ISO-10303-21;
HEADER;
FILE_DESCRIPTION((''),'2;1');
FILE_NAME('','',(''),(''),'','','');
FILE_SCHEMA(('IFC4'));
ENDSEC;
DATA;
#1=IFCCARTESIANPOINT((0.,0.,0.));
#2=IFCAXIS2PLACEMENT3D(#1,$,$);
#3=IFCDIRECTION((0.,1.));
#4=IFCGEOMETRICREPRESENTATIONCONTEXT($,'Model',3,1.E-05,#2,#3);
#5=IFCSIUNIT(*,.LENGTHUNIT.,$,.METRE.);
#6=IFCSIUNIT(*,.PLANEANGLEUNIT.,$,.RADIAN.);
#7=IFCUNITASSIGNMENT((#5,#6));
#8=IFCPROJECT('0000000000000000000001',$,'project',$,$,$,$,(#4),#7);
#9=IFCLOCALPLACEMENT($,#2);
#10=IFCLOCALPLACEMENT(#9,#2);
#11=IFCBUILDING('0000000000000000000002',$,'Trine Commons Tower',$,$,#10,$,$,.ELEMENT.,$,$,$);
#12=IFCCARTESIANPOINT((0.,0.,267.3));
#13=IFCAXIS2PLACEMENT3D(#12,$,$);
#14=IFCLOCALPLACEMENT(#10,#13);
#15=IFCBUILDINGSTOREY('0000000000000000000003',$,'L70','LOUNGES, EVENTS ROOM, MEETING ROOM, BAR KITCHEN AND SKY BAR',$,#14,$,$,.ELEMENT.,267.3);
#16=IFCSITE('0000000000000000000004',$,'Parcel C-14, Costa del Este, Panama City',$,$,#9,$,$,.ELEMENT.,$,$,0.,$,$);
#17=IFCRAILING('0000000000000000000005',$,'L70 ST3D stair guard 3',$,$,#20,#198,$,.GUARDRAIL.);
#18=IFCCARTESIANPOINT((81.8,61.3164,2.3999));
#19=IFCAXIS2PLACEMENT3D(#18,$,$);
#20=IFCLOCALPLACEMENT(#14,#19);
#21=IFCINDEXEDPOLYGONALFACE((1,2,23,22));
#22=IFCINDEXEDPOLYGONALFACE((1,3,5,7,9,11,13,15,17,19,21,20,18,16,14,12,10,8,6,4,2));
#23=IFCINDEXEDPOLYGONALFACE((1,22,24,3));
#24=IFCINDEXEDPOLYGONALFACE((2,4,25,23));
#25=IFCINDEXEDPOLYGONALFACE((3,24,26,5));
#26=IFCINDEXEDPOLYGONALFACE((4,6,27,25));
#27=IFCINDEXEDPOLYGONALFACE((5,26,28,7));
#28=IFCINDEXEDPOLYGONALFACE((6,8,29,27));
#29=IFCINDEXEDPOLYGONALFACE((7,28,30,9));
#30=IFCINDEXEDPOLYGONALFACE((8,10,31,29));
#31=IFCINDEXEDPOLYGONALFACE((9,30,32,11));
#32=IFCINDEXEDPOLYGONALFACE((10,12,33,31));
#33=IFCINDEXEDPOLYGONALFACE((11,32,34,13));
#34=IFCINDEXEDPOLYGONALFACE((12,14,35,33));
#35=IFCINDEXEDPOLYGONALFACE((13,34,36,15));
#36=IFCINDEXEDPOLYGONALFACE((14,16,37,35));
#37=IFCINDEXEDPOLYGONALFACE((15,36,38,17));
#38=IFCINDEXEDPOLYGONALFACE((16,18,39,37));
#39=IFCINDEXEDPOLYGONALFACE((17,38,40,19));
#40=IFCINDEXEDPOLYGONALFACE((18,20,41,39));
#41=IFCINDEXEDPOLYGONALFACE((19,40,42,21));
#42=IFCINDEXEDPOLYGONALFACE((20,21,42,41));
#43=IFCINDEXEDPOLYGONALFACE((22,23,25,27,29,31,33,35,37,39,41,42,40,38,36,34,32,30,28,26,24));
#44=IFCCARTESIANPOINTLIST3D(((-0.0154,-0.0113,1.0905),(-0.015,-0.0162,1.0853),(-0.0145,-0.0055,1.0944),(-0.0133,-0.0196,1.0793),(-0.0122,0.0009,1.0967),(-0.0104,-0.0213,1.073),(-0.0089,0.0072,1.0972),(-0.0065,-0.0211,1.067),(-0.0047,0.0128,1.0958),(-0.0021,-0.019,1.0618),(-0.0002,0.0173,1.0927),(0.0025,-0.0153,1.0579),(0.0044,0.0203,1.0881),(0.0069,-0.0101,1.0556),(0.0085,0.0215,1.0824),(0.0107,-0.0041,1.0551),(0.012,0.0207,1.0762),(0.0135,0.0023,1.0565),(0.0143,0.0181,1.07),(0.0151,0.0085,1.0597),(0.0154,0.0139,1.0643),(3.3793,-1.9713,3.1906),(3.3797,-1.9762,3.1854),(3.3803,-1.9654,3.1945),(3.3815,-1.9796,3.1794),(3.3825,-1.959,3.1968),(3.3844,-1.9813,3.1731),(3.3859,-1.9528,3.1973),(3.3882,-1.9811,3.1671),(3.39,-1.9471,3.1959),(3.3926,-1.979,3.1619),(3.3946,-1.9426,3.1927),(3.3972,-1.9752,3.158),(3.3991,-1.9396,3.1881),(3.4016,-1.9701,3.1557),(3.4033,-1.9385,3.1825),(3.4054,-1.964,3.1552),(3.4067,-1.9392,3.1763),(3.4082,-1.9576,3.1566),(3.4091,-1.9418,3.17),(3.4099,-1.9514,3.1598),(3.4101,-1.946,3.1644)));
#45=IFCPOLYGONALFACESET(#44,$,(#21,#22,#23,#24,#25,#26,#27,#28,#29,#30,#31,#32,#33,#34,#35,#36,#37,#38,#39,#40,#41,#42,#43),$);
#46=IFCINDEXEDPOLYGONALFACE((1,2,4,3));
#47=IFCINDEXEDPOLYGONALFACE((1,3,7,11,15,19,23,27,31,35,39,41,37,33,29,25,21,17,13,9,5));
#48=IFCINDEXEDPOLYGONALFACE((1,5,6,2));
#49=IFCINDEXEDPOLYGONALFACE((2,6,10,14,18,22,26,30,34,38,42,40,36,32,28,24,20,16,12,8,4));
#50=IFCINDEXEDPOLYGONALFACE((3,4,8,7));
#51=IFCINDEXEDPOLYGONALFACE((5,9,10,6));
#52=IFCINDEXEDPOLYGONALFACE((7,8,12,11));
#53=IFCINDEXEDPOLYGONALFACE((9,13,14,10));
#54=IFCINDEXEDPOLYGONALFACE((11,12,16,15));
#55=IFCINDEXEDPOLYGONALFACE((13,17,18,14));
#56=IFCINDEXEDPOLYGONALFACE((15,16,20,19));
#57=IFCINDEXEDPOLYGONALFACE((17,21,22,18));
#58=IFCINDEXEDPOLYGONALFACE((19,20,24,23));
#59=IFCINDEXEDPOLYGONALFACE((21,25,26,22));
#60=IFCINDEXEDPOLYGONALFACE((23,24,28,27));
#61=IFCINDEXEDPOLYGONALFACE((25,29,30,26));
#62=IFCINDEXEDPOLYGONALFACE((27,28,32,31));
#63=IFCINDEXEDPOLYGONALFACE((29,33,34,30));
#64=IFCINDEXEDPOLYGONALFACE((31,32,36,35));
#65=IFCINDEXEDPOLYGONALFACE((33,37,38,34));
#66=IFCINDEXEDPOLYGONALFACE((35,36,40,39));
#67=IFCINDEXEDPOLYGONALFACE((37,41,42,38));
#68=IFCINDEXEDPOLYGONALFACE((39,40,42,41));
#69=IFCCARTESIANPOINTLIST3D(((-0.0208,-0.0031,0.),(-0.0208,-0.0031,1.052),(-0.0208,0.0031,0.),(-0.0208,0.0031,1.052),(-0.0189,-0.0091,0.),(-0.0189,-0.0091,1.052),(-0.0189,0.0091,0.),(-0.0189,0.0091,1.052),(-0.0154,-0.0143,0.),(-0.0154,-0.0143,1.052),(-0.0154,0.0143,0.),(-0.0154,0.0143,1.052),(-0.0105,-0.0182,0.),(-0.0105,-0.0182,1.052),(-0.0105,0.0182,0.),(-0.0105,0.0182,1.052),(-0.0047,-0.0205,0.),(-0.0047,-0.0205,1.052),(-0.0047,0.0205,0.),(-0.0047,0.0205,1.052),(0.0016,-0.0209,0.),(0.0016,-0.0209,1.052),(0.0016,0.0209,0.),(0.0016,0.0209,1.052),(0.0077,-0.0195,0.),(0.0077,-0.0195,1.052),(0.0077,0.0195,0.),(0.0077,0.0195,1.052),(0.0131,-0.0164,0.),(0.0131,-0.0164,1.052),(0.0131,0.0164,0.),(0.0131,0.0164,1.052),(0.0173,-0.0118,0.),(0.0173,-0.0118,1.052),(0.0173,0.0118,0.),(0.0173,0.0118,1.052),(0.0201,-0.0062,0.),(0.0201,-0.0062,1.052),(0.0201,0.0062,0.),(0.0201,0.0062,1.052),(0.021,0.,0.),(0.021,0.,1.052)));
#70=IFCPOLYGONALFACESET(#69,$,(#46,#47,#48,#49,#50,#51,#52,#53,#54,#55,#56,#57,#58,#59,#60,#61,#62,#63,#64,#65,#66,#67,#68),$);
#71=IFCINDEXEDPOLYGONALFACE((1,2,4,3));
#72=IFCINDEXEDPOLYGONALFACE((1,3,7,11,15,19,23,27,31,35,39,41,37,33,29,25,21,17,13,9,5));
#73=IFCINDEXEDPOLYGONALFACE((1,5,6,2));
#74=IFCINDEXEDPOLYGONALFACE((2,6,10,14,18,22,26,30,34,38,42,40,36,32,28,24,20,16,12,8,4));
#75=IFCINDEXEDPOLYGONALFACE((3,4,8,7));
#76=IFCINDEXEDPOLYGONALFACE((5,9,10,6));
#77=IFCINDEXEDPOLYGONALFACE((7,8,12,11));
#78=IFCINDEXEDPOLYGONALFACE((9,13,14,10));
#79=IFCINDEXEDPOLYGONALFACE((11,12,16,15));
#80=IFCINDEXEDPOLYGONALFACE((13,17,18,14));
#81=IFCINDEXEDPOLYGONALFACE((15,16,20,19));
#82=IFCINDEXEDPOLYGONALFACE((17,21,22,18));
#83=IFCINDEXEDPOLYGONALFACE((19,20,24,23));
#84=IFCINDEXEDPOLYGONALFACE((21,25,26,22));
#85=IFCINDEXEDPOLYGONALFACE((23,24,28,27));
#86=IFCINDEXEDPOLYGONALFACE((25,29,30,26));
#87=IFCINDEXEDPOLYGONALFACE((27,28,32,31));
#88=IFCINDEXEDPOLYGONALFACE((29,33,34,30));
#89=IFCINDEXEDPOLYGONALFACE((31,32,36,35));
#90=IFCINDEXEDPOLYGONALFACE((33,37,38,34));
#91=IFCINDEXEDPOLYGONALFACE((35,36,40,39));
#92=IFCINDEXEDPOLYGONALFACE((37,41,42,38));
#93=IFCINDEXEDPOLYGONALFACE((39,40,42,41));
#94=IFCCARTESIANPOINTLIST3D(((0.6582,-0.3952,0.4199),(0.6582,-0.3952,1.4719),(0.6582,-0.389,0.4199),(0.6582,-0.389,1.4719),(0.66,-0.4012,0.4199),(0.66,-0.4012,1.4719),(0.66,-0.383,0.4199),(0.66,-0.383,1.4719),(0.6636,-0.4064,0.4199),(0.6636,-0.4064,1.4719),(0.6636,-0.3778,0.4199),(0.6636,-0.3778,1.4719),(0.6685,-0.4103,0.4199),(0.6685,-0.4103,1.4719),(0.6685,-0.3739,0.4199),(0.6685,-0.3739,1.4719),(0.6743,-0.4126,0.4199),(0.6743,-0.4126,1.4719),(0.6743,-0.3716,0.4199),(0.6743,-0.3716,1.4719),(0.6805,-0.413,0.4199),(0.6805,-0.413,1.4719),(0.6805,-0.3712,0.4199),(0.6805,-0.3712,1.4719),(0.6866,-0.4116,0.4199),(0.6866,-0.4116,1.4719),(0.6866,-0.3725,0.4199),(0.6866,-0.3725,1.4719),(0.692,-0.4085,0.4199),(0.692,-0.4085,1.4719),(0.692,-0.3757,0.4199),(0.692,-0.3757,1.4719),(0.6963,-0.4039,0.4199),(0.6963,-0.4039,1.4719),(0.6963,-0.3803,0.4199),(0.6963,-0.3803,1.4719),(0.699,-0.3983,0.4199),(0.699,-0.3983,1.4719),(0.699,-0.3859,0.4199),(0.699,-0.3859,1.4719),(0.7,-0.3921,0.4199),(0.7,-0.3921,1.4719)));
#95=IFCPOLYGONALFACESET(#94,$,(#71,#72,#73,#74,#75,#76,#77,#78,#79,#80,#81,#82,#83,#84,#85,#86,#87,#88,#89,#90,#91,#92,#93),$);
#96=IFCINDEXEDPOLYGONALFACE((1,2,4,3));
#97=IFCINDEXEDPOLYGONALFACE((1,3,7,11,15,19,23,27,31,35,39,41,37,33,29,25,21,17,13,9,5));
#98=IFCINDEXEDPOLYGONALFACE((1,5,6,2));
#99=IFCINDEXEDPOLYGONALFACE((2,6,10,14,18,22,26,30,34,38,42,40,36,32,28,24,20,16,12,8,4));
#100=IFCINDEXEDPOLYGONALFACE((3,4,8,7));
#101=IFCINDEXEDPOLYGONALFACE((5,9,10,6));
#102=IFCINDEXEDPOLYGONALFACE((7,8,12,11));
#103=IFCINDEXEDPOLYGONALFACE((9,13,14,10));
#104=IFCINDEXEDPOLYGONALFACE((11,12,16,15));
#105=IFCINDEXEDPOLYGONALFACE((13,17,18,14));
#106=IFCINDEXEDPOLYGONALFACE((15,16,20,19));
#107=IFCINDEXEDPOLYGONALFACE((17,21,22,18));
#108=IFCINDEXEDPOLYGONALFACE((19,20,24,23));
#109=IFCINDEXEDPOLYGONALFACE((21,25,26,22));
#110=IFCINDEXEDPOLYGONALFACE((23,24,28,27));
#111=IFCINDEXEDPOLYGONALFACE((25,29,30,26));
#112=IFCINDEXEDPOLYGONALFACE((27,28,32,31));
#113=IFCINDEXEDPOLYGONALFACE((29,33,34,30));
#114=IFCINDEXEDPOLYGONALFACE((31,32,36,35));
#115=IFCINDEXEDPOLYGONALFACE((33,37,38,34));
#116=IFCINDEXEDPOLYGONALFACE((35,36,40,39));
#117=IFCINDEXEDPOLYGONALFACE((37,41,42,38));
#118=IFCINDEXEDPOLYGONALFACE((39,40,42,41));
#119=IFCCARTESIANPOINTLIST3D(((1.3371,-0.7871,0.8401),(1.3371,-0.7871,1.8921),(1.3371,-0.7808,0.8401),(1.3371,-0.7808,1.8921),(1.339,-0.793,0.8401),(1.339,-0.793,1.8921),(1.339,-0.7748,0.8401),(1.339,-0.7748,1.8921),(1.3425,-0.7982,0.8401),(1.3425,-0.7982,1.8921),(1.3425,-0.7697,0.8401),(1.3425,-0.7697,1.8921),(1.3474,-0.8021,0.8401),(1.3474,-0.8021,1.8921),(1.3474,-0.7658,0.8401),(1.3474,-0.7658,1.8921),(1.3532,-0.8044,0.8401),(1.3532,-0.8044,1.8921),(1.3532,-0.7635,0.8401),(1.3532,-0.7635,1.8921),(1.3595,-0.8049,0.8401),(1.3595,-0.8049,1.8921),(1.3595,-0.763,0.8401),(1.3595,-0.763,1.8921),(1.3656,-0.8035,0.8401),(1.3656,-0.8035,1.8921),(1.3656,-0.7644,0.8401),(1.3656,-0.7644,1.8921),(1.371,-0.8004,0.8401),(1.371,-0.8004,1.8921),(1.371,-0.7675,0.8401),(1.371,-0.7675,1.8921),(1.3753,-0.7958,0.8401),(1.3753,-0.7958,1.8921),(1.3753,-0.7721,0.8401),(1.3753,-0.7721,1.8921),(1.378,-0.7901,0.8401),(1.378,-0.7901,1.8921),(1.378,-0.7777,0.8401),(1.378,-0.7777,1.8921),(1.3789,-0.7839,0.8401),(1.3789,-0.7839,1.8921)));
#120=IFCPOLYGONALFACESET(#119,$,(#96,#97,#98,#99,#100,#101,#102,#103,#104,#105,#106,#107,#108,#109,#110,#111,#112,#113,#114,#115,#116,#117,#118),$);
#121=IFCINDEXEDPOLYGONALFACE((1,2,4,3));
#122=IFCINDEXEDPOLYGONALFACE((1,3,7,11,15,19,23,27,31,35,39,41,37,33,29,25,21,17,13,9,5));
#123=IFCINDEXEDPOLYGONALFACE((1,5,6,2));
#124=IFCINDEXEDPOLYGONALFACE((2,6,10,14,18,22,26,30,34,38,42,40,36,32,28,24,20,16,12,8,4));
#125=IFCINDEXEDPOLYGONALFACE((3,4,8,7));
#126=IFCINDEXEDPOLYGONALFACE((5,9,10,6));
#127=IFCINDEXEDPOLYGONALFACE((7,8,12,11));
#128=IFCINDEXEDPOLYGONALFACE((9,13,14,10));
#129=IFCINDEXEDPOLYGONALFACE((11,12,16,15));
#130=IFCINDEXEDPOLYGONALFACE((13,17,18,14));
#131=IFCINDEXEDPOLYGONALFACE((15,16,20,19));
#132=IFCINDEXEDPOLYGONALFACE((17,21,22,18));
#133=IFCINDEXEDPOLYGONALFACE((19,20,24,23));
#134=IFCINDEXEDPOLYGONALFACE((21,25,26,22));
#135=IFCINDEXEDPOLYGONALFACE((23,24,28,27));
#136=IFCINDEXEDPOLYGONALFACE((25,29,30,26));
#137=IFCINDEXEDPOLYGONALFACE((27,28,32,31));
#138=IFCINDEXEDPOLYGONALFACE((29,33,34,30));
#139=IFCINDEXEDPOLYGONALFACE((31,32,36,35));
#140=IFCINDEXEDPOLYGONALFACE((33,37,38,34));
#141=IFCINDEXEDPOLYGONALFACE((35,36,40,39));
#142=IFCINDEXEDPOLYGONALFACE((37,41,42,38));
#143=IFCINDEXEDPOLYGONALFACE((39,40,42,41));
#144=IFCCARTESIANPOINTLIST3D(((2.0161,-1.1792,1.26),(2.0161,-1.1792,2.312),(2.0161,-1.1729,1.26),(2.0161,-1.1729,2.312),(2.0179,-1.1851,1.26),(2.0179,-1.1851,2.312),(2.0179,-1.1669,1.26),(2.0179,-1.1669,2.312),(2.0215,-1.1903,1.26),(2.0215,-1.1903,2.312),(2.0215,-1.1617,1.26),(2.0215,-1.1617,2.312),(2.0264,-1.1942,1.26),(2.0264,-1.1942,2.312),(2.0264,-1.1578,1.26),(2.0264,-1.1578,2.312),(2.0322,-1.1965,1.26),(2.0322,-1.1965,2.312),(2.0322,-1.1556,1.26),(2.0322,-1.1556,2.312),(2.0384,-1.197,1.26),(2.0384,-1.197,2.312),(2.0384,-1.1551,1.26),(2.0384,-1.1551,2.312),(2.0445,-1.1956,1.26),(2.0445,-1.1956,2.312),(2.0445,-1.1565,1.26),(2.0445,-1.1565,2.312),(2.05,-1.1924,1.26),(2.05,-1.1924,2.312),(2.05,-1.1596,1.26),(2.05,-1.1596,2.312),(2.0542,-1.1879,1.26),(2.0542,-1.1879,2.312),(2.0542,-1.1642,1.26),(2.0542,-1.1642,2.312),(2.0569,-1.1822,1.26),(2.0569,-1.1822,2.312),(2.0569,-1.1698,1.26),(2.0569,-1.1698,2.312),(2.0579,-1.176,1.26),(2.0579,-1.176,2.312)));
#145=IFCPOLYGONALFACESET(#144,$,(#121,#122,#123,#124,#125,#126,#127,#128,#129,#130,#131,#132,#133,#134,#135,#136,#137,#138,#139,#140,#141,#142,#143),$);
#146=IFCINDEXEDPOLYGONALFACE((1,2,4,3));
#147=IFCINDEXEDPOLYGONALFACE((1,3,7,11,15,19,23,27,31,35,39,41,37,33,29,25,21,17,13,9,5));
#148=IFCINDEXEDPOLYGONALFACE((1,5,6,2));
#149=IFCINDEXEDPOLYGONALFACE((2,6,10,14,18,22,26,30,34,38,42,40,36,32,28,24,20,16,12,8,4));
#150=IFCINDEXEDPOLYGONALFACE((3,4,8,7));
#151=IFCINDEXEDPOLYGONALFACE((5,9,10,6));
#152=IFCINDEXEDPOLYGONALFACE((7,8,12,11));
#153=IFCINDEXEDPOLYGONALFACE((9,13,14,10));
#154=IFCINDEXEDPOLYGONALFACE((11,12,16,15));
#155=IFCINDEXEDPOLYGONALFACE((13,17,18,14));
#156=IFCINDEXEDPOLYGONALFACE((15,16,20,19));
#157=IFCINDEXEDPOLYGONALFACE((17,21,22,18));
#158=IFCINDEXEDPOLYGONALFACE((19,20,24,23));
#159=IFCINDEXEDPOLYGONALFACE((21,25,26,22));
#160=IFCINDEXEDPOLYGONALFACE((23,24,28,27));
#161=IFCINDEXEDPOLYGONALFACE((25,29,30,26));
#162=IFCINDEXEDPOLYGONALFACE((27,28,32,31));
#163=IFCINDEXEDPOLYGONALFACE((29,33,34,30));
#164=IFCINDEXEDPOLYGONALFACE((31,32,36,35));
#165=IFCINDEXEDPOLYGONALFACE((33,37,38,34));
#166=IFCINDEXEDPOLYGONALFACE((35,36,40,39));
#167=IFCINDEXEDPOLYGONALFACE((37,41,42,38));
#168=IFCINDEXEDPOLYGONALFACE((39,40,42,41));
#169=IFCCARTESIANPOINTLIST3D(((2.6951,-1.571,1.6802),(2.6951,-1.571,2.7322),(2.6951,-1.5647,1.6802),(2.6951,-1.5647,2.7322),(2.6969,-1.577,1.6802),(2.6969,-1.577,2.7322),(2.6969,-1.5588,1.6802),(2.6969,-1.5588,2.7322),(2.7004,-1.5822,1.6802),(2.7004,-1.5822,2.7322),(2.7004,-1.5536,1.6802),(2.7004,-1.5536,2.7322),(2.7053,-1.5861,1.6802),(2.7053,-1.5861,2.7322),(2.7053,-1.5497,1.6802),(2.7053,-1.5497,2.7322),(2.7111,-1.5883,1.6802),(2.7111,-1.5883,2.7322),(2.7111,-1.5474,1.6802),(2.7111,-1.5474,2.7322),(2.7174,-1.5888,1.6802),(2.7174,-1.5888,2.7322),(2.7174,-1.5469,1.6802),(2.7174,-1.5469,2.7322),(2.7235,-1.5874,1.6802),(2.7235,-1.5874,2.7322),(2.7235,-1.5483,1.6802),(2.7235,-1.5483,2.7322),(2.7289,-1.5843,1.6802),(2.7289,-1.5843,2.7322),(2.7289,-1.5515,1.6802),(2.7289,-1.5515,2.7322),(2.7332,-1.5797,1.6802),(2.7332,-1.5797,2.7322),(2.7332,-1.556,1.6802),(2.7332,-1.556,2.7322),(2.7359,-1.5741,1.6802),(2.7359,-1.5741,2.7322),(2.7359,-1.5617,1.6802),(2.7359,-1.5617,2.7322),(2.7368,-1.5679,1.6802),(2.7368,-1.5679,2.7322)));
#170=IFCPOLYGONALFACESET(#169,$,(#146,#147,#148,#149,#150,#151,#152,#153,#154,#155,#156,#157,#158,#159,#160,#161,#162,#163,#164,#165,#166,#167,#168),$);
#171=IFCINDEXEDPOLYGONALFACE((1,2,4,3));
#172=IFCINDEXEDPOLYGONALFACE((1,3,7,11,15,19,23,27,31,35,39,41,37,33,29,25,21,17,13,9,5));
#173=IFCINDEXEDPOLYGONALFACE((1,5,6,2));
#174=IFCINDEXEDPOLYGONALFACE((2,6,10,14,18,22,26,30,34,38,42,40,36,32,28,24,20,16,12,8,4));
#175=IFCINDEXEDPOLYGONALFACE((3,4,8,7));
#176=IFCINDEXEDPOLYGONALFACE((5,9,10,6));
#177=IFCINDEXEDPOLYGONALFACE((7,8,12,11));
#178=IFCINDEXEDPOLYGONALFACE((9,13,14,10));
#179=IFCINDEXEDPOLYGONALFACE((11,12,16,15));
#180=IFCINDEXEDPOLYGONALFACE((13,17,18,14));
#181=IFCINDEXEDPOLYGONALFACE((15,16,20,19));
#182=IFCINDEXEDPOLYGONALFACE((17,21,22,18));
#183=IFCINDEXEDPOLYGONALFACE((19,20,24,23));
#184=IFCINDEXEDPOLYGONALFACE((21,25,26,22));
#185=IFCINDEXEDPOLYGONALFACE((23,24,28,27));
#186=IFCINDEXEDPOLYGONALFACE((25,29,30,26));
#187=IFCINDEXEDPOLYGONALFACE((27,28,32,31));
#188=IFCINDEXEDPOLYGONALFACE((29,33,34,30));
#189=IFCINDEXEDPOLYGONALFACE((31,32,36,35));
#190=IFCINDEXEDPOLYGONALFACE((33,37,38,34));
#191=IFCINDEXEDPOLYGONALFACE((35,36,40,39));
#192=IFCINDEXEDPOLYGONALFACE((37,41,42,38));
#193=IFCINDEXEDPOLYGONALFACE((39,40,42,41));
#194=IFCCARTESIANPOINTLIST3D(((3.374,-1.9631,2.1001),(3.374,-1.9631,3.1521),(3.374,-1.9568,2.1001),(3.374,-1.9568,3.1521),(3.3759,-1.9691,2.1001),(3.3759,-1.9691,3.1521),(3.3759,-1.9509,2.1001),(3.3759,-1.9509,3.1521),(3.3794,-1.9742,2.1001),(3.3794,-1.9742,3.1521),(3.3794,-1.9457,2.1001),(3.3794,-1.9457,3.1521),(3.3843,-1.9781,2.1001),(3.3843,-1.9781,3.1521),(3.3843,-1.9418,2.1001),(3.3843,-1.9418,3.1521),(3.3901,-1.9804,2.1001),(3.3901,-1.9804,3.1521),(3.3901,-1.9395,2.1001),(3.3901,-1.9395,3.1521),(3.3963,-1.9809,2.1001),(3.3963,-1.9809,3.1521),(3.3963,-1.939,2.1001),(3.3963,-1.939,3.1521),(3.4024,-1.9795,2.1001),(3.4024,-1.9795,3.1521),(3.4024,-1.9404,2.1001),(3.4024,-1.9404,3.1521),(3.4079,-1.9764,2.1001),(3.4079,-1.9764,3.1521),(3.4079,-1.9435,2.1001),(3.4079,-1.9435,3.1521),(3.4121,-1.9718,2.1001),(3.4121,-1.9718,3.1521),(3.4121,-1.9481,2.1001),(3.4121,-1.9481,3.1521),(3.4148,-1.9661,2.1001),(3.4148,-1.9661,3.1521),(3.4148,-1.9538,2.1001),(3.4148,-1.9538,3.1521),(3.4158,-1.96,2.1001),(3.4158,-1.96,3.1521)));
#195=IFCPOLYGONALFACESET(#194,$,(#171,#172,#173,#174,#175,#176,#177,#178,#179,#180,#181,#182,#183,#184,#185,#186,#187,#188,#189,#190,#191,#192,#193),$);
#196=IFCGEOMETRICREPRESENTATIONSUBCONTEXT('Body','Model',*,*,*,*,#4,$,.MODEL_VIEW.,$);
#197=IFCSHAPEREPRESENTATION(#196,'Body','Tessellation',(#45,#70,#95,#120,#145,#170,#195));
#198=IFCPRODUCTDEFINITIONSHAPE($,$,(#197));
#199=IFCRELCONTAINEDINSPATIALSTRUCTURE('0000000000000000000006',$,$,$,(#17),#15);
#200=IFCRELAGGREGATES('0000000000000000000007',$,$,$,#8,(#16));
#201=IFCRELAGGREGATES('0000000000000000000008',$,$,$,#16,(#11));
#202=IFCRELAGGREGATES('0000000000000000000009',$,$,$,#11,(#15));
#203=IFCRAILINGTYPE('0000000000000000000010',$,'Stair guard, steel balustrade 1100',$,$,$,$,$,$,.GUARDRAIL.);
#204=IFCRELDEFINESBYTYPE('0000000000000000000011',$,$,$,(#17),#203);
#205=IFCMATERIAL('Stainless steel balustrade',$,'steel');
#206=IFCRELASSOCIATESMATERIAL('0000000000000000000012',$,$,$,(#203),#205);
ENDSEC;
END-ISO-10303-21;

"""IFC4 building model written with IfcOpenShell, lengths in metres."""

from ifc_helpers import new_model, si_unit, direction, frame, origin, origin_2d, place, context, subcontext, project, spatial, circle, extrude, material, type_object, element, save


model = new_model("IFC4")

# Units and contexts
model_context = context("Model", 3, precision=1e-05, world=origin(), true_north=direction((0.0, 1.0)))
body_context = subcontext(model_context, "Body", "Model", "MODEL_VIEW")
ifc_project = project(units=[si_unit("LENGTHUNIT", "METRE"), si_unit("PLANEANGLEUNIT", "RADIAN")], contexts=[model_context])

# Site, building, storey
site_placement = place(None, origin())
site = spatial("IfcSite", under=ifc_project, at=site_placement, Name="Parcel C-14, Costa del Este, Panama City", CompositionType="ELEMENT", RefElevation=0.0)
building_placement = place(site_placement, origin())
building = spatial("IfcBuilding", under=site, at=building_placement, Name="Trine Commons Tower", CompositionType="ELEMENT")
storey_placement = place(building_placement, frame((0.0, 0.0, 267.3)))
storey = spatial("IfcBuildingStorey", under=building, at=storey_placement, Name="L70", Description="LOUNGES, EVENTS ROOM, MEETING ROOM, BAR KITCHEN AND SKY BAR", CompositionType="ELEMENT", Elevation=267.3)

# Railing
ifc_material_1 = material(Name="Stainless steel balustrade", Category="steel")
railing_type_1 = type_object("IfcRailingType", Name="Stair guard, steel balustrade 1100", PredefinedType="GUARDRAIL", material=ifc_material_1)
railing_1_placement = place(storey_placement, frame((81.8, 61.3164, 2.3999)))
element("IfcRailing", 1, at=railing_1_placement, inside=storey, type_object=railing_type_1, Name="L70 ST3D stair guard 3", PredefinedType="GUARDRAIL", context=body_context, shape_type="SweptSolid", body=[
    extrude(circle(Radius=0.0239, at=origin_2d()), frame((0.0, 0.0, 1.0762), z_axis=(0.763375, -0.440732, 0.472244), x_axis=(0.499997, 0.866027, 0.0)), (0.0, 0.0, 1.0), 4.447),
    extrude(circle(Radius=0.021, at=origin_2d()), origin(), (0.0, 0.0, 1.0), 1.052),
    extrude(circle(Radius=0.021, at=origin_2d()), frame((0.679, -0.3921, 0.4199)), (0.0, 0.0, 1.0), 1.052),
    extrude(circle(Radius=0.021, at=origin_2d()), frame((1.3579, -0.7839, 0.8401)), (0.0, 0.0, 1.0), 1.052),
    extrude(circle(Radius=0.021, at=origin_2d()), frame((2.0369, -1.176, 1.26)), (0.0, 0.0, 1.0), 1.052),
    extrude(circle(Radius=0.021, at=origin_2d()), frame((2.7158, -1.5679, 1.6802)), (0.0, 0.0, 1.0), 1.052),
    extrude(circle(Radius=0.021, at=origin_2d()), frame((3.3948, -1.96, 2.1001)), (0.0, 0.0, 1.0), 1.052),
])

save(model, "model.ifc")
